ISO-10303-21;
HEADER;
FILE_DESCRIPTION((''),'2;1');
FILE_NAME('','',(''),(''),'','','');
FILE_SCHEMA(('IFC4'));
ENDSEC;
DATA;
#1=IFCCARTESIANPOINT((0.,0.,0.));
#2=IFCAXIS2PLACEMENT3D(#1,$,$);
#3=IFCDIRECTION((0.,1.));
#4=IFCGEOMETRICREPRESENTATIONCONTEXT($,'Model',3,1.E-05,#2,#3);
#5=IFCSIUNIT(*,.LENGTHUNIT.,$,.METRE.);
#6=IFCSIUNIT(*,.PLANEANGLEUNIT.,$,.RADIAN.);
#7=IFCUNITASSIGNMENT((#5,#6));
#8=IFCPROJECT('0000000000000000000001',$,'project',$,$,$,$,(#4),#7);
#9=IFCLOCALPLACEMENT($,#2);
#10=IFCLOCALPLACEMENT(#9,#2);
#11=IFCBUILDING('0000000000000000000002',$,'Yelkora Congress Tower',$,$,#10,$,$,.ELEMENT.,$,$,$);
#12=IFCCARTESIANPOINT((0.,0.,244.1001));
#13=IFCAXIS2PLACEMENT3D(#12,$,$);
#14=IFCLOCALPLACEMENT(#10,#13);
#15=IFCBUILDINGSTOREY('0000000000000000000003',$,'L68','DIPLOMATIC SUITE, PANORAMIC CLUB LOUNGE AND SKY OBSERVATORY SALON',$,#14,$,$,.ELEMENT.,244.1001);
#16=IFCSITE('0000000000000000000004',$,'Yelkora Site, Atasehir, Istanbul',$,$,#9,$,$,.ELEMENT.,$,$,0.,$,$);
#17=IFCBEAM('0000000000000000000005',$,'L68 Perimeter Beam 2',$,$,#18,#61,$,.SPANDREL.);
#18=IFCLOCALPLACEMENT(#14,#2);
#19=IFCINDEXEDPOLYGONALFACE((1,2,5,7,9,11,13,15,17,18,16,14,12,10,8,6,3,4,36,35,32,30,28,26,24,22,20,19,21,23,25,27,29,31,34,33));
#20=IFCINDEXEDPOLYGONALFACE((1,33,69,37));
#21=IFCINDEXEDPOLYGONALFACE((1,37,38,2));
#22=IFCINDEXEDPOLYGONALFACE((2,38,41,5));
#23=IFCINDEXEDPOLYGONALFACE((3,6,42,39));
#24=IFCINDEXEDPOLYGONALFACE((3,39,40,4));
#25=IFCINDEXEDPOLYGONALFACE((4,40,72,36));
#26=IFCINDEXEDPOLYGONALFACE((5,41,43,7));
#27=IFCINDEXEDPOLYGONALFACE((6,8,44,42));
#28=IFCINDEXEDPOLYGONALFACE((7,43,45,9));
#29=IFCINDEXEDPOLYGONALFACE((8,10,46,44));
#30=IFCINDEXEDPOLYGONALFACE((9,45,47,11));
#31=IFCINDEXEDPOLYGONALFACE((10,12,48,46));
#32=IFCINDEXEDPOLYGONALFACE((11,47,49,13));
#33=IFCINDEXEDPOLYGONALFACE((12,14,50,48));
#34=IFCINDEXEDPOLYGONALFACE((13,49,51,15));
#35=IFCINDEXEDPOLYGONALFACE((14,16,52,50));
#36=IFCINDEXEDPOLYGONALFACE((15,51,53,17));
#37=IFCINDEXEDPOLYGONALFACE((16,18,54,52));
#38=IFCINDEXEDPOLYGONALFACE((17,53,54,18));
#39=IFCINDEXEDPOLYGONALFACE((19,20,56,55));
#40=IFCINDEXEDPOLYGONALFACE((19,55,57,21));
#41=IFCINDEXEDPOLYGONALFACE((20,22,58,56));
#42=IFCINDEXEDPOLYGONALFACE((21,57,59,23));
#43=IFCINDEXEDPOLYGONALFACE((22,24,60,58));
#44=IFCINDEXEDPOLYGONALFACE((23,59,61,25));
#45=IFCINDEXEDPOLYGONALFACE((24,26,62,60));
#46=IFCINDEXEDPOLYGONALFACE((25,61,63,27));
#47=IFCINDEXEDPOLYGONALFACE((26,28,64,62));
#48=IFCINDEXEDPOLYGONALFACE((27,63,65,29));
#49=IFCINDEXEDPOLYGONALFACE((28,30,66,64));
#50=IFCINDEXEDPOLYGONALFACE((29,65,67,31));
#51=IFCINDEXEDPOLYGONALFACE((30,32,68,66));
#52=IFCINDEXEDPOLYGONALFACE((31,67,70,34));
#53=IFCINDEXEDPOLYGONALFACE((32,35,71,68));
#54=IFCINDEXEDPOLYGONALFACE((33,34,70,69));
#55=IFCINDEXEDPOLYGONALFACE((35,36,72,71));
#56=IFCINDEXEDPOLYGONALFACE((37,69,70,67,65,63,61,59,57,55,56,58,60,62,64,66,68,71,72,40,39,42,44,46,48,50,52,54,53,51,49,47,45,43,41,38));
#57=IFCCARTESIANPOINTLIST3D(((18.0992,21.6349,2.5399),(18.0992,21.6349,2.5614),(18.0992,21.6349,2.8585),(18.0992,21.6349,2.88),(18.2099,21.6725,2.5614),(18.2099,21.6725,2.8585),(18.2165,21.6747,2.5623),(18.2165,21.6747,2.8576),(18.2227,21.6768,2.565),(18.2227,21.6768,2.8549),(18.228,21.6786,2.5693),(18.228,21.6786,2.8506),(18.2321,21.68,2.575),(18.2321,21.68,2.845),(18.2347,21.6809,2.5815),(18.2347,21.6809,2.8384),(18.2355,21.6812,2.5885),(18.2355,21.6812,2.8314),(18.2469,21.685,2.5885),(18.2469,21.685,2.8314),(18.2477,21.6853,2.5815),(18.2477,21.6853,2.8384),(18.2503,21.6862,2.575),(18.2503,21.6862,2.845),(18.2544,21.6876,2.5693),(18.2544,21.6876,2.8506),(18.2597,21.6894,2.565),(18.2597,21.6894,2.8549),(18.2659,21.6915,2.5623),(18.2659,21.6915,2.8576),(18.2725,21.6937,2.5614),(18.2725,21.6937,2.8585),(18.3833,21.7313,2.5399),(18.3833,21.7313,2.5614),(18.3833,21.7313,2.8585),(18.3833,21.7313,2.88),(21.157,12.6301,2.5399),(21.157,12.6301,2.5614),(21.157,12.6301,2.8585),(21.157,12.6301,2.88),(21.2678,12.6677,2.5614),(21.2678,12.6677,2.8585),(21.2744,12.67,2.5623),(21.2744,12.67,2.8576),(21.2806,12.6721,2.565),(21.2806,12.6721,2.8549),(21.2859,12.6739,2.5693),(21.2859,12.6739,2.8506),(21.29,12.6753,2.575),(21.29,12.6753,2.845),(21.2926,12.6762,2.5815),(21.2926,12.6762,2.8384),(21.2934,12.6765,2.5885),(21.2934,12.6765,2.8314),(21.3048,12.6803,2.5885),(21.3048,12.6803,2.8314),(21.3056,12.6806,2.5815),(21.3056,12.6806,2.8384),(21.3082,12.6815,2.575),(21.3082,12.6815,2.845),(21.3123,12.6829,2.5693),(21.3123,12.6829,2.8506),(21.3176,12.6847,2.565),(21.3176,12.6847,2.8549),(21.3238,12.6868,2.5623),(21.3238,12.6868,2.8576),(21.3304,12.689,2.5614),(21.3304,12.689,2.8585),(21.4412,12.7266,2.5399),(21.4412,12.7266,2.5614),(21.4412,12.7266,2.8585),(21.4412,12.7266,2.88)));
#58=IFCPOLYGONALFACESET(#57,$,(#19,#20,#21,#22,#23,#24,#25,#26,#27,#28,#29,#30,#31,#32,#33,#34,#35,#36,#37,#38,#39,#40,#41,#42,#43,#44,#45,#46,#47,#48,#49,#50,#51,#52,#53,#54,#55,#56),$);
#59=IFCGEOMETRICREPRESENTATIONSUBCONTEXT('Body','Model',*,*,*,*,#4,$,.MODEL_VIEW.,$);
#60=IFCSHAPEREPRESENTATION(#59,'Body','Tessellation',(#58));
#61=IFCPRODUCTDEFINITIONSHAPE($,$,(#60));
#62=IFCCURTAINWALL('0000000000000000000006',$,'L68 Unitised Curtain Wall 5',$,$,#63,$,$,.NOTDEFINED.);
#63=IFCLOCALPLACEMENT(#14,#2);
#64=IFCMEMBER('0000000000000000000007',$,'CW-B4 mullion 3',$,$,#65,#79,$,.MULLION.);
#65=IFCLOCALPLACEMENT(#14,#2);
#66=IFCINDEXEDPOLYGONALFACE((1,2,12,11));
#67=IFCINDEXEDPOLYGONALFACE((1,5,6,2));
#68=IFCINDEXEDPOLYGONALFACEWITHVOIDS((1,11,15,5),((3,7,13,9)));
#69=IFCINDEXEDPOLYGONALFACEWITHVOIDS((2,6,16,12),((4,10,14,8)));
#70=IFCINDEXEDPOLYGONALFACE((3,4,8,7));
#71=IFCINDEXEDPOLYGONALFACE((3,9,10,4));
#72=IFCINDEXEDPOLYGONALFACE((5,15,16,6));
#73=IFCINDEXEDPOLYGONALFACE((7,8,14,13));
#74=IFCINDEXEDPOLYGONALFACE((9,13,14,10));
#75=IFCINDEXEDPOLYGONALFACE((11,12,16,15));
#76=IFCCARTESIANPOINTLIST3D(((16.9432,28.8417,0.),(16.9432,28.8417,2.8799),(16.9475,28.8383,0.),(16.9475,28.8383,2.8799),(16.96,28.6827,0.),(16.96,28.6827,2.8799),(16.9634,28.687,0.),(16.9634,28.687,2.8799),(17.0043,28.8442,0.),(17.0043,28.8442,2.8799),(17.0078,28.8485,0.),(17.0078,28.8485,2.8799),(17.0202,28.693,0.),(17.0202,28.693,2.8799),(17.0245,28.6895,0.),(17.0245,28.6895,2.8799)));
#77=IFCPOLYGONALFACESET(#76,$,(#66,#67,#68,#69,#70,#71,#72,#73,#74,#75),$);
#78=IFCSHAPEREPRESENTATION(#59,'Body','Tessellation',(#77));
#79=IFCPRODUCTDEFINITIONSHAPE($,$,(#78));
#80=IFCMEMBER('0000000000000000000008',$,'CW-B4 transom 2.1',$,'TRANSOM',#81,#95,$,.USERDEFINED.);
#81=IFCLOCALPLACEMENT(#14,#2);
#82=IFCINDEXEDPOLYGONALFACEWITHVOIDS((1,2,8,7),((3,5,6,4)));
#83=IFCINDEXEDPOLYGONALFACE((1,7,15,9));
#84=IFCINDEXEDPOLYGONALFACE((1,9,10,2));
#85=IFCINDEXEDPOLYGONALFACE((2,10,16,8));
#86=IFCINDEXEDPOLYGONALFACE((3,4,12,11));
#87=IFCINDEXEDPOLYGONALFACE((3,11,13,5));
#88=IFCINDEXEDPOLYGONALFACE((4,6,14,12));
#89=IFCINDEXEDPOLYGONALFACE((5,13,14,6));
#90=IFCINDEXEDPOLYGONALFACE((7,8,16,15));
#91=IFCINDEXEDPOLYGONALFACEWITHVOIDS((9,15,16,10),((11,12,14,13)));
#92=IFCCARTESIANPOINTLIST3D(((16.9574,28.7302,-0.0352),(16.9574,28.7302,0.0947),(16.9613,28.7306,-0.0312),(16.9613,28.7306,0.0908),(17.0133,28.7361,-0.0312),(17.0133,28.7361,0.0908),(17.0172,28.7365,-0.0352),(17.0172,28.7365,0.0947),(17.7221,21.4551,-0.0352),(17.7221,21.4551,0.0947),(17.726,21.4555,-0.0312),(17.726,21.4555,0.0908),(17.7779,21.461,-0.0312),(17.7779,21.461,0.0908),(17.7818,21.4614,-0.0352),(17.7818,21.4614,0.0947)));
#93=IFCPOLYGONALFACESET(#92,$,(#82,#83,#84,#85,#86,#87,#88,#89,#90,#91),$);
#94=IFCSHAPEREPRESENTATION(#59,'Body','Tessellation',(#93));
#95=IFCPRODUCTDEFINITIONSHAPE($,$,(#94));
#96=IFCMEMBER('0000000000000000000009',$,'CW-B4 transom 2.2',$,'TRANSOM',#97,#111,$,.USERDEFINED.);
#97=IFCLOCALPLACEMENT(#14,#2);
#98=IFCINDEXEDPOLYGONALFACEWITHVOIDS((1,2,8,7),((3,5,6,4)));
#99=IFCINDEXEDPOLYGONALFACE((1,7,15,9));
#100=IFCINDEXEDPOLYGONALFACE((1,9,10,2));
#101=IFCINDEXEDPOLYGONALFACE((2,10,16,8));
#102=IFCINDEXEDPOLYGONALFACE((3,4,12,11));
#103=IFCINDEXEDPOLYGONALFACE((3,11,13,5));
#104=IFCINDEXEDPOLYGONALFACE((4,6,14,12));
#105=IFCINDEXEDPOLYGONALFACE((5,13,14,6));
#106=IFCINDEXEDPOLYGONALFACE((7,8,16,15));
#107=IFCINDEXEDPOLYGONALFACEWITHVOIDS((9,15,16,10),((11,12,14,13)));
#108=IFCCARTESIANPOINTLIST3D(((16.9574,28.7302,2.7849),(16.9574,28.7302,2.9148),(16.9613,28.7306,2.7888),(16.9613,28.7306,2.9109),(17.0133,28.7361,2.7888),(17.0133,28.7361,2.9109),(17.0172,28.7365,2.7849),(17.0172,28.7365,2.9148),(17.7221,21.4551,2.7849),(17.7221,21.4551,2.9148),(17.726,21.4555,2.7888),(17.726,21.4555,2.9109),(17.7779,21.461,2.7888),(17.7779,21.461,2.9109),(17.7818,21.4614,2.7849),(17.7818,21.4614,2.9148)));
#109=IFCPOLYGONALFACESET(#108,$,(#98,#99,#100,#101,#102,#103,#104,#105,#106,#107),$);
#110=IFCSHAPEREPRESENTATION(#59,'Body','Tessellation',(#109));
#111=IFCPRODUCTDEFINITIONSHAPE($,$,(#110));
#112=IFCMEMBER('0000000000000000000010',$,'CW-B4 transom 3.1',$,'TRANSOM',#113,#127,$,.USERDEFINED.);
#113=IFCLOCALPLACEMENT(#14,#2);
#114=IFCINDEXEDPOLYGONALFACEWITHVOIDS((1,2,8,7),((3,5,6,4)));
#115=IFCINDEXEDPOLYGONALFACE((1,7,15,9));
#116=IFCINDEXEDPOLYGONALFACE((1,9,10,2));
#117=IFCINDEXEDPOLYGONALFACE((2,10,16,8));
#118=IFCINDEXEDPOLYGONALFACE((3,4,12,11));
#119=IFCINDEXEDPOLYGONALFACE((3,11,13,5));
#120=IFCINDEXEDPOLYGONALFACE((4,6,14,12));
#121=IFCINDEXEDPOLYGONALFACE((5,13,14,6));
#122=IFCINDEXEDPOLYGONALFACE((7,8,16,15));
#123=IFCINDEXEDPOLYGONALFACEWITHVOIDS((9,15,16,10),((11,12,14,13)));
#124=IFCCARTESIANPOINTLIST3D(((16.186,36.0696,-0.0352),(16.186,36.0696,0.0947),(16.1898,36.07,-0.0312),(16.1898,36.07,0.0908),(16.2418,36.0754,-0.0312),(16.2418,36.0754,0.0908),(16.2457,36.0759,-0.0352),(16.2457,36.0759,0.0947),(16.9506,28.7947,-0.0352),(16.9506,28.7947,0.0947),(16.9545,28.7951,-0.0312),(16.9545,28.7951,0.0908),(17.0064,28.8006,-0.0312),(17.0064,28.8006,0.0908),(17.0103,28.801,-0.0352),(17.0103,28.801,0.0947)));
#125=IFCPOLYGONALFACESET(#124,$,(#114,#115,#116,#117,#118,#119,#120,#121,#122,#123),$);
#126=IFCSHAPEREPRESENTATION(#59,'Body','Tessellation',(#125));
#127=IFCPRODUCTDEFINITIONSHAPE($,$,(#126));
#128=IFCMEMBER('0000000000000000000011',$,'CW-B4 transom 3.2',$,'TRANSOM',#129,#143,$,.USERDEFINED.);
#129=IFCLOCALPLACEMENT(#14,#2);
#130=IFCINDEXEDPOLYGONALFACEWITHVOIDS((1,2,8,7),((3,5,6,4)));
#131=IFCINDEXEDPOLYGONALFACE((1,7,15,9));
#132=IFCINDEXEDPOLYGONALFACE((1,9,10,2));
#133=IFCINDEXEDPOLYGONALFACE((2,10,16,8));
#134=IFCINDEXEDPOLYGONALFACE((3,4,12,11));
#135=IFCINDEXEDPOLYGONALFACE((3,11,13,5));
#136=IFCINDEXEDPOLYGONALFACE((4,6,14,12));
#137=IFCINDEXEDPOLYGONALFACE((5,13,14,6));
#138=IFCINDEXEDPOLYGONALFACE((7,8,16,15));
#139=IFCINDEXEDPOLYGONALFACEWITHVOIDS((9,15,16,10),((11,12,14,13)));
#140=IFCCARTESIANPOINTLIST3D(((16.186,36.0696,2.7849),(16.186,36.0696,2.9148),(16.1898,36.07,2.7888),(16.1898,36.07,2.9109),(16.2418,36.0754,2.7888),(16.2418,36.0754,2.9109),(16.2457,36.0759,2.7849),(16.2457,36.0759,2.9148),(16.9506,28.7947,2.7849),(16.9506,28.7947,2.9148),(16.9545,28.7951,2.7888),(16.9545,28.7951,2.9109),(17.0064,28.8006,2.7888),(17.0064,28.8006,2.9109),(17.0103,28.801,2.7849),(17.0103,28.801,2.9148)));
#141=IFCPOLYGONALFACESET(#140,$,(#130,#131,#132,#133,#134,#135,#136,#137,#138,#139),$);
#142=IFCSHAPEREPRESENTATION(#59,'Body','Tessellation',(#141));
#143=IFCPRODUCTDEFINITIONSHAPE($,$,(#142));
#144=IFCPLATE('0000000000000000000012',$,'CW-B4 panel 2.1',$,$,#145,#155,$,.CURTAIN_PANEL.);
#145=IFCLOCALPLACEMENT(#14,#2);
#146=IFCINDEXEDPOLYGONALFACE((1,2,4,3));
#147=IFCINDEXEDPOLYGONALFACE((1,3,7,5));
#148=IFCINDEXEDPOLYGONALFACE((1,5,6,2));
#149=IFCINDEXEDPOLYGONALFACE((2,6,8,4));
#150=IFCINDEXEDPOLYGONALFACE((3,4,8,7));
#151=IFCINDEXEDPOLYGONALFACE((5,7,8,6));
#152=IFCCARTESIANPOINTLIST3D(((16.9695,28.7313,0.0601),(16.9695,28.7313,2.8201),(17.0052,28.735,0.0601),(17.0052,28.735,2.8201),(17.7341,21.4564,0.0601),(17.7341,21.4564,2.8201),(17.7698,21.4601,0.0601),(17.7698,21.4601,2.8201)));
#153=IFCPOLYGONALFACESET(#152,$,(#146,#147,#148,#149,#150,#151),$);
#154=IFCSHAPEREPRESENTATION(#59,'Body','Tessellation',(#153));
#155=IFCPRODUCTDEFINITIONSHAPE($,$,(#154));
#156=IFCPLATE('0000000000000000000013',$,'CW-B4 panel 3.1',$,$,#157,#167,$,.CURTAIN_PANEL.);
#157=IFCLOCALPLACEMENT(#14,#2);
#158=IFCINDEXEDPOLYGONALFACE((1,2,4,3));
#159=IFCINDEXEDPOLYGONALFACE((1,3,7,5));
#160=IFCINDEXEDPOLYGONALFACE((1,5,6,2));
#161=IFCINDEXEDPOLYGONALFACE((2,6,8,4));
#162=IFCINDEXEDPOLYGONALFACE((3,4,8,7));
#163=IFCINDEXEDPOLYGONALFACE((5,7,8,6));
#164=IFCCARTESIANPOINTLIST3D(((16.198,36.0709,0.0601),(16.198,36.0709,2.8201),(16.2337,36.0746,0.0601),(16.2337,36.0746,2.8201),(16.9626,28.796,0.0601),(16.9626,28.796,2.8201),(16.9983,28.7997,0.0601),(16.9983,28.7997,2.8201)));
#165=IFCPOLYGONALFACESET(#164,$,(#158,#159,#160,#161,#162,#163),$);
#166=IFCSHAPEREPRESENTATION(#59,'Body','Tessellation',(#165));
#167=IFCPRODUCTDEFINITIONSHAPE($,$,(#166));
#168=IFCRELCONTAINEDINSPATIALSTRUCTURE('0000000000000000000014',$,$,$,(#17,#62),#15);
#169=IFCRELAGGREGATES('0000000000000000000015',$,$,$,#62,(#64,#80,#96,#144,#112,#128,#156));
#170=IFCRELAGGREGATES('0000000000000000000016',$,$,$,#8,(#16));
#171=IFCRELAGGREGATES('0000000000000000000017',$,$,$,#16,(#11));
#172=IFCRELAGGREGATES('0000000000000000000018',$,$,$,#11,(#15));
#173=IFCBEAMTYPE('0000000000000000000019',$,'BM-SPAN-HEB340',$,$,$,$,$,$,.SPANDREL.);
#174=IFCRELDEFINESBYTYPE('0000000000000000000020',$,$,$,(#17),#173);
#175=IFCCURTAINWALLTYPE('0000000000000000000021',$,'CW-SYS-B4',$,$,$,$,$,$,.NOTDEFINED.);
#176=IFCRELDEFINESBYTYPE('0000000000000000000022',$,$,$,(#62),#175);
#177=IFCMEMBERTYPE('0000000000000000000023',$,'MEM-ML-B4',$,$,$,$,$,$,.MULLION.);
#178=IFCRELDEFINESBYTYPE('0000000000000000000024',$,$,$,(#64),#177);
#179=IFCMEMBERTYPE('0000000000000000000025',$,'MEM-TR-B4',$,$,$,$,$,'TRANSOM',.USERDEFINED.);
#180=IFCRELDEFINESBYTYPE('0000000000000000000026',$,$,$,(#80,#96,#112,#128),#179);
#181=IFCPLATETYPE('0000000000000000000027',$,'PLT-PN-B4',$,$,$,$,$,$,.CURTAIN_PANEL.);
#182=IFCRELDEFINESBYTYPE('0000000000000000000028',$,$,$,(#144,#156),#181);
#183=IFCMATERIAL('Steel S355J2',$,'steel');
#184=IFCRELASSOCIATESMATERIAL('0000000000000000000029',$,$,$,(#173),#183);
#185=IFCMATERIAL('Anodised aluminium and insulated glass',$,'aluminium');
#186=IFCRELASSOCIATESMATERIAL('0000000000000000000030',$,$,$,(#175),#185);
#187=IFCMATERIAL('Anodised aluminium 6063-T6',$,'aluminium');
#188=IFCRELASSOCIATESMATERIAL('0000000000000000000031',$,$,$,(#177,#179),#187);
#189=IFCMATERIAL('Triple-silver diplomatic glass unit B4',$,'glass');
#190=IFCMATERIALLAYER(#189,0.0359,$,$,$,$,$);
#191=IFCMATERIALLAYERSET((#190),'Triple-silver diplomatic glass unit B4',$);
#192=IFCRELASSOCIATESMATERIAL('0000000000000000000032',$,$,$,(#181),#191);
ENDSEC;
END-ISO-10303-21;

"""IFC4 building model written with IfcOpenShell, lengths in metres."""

from ifc_helpers import new_model, si_unit, direction, frame, origin, origin_2d, place, context, subcontext, project, spatial, rectangle, hollow_rectangle, i_section, extrude, material, layer, layer_set, material_profile, profile_set, type_object, element, aggregate, save


model = new_model("IFC4")

# Units and contexts
model_context = context("Model", 3, precision=1e-05, world=origin(), true_north=direction((0.0, 1.0)))
body_context = subcontext(model_context, "Body", "Model", "MODEL_VIEW")
ifc_project = project(units=[si_unit("LENGTHUNIT", "METRE"), si_unit("PLANEANGLEUNIT", "RADIAN")], contexts=[model_context])

# Site, building, storey
site_placement = place(None, origin())
site = spatial("IfcSite", under=ifc_project, at=site_placement, Name="Yelkora Site, Atasehir, Istanbul", CompositionType="ELEMENT", RefElevation=0.0)
building_placement = place(site_placement, origin())
building = spatial("IfcBuilding", under=site, at=building_placement, Name="Yelkora Congress Tower", CompositionType="ELEMENT")
storey_placement = place(building_placement, frame((0.0, 0.0, 244.1001)))
storey = spatial("IfcBuildingStorey", under=building, at=storey_placement, Name="L68", Description="DIPLOMATIC SUITE, PANORAMIC CLUB LOUNGE AND SKY OBSERVATORY SALON", CompositionType="ELEMENT", Elevation=244.1001)

# Shared definitions
ifc_material_1 = material(Name="Steel S355J2", Category="steel")

# Beam
ifc_material_profile_1 = material_profile(ifc_material_1, i_section(OverallWidth=0.3, OverallDepth=0.3401, WebThickness=0.012, FlangeThickness=0.0215, FilletRadius=0.0271, at=origin_2d()), Name="HEB 340")
ifc_profile_set_1 = profile_set([ifc_material_profile_1], Name="Steel S355J2")
beam_type_1 = type_object("IfcBeamType", Name="BM-SPAN-HEB340", PredefinedType="SPANDREL", material=ifc_profile_set_1)
beam_1_placement = place(storey_placement, frame((18.2412, 21.6831, 2.71), z_axis=(0.321552, -0.946892, 0.0), x_axis=(0.946892, 0.321552, 0.0)))
element("IfcBeam", 1, at=beam_1_placement, inside=storey, type_object=beam_type_1, Name="L68 Perimeter Beam 2", PredefinedType="SPANDREL", context=body_context, shape_type="SweptSolid", body=[
    extrude(i_section(OverallWidth=0.3, OverallDepth=0.3401, WebThickness=0.012, FlangeThickness=0.0215, FilletRadius=0.0271, at=origin_2d()), origin(), (0.0, 0.0, 1.0), 9.5098),
])

# Curtain wall, members, plates
ifc_material_2 = material(Name="Anodised aluminium and insulated glass", Category="aluminium")
curtain_wall_type = type_object("IfcCurtainWallType", Name="CW-SYS-B4", PredefinedType="NOTDEFINED", material=ifc_material_2)
curtain_wall_placement = place(storey_placement, origin())
curtain_wall = element("IfcCurtainWall", 2, at=curtain_wall_placement, inside=storey, type_object=curtain_wall_type, Name="L68 Unitised Curtain Wall 5", PredefinedType="NOTDEFINED")
ifc_material_3 = material(Name="Anodised aluminium 6063-T6", Category="aluminium")
ifc_material_profile_2 = material_profile(ifc_material_3, hollow_rectangle(XDim=0.0649, YDim=0.1599, WallThickness=0.0039, at=origin_2d()), Name="ALU 65x160x4")
ifc_profile_set_2 = profile_set([ifc_material_profile_2], Name="Anodised aluminium 6063-T6")
member_type_1 = type_object("IfcMemberType", Name="MEM-ML-B4", PredefinedType="MULLION", material=ifc_profile_set_2)
member_1_placement = place(storey_placement, frame((16.9839, 28.7656, 0.0), z_axis=(0.0, 0.0, 1.0), x_axis=(-0.994522, -0.104526, 0.0)))
member_1 = element("IfcMember", 3, at=member_1_placement, type_object=member_type_1, Name="CW-B4 mullion 3", PredefinedType="MULLION", context=body_context, shape_type="SweptSolid", body=[
    extrude(hollow_rectangle(XDim=0.0649, YDim=0.1599, WallThickness=0.0039, at=origin_2d()), origin(), (0.0, 0.0, 1.0), 2.8799),
])
ifc_material_profile_3 = material_profile(ifc_material_3, hollow_rectangle(XDim=0.0601, YDim=0.1299, WallThickness=0.0039, at=origin_2d()), Name="ALU 60x130x4")
ifc_profile_set_3 = profile_set([ifc_material_profile_3], Name="Anodised aluminium 6063-T6")
member_type_2 = type_object("IfcMemberType", Name="MEM-TR-B4", ElementType="TRANSOM", PredefinedType="USERDEFINED", material=ifc_profile_set_3)
member_2_placement = place(storey_placement, frame((17.752, 21.4583, 0.0298), z_axis=(-0.104528, 0.994522, 0.0), x_axis=(-0.994522, -0.104528, 0.0)))
member_2 = element("IfcMember", 4, at=member_2_placement, type_object=member_type_2, Name="CW-B4 transom 2.1", ObjectType="TRANSOM", PredefinedType="USERDEFINED", context=body_context, shape_type="SweptSolid", body=[
    extrude(hollow_rectangle(XDim=0.0601, YDim=0.1299, WallThickness=0.0039, at=origin_2d()), origin(), (0.0, 0.0, 1.0), 7.3152),
])
member_3_placement = place(storey_placement, frame((17.752, 21.4583, 2.8499), z_axis=(-0.104528, 0.994522, 0.0), x_axis=(-0.994522, -0.104528, 0.0)))
member_3 = element("IfcMember", 5, at=member_3_placement, type_object=member_type_2, Name="CW-B4 transom 2.2", ObjectType="TRANSOM", PredefinedType="USERDEFINED", context=body_context, shape_type="SweptSolid", body=[
    extrude(hollow_rectangle(XDim=0.0601, YDim=0.1299, WallThickness=0.0039, at=origin_2d()), origin(), (0.0, 0.0, 1.0), 7.3152),
])
member_4_placement = place(storey_placement, frame((16.9805, 28.7979, 0.0298), z_axis=(-0.104532, 0.994522, 0.0), x_axis=(-0.994522, -0.104532, 0.0)))
member_4 = element("IfcMember", 6, at=member_4_placement, type_object=member_type_2, Name="CW-B4 transom 3.1", ObjectType="TRANSOM", PredefinedType="USERDEFINED", context=body_context, shape_type="SweptSolid", body=[
    extrude(hollow_rectangle(XDim=0.0601, YDim=0.1299, WallThickness=0.0039, at=origin_2d()), origin(), (0.0, 0.0, 1.0), 7.3149),
])
member_5_placement = place(storey_placement, frame((16.9805, 28.7979, 2.8499), z_axis=(-0.104532, 0.994522, 0.0), x_axis=(-0.994522, -0.104532, 0.0)))
member_5 = element("IfcMember", 7, at=member_5_placement, type_object=member_type_2, Name="CW-B4 transom 3.2", ObjectType="TRANSOM", PredefinedType="USERDEFINED", context=body_context, shape_type="SweptSolid", body=[
    extrude(hollow_rectangle(XDim=0.0601, YDim=0.1299, WallThickness=0.0039, at=origin_2d()), origin(), (0.0, 0.0, 1.0), 7.3149),
])
ifc_material_4 = material(Name="Triple-silver diplomatic glass unit B4", Category="glass")
ifc_layer_1 = layer(ifc_material_4, 0.0359)
ifc_layer_set_1 = layer_set([ifc_layer_1], Name="Triple-silver diplomatic glass unit B4")
plate_type = type_object("IfcPlateType", Name="PLT-PN-B4", PredefinedType="CURTAIN_PANEL", material=ifc_layer_set_1)
plate_1_placement = place(storey_placement, frame((17.3696, 25.0957, 0.0601), z_axis=(0.0, 0.0, 1.0), x_axis=(-0.104526, 0.994522, 0.0)))
plate_1 = element("IfcPlate", 8, at=plate_1_placement, type_object=plate_type, Name="CW-B4 panel 2.1", PredefinedType="CURTAIN_PANEL", context=body_context, shape_type="SweptSolid", body=[
    extrude(rectangle(XDim=7.3149, YDim=0.0359, at=origin_2d()), origin(), (0.0, 0.0, 1.0), 2.76),
])
plate_2_placement = place(storey_placement, frame((16.5981, 32.4353, 0.0601), z_axis=(0.0, 0.0, 1.0), x_axis=(-0.104526, 0.994522, 0.0)))
plate_2 = element("IfcPlate", 9, at=plate_2_placement, type_object=plate_type, Name="CW-B4 panel 3.1", PredefinedType="CURTAIN_PANEL", context=body_context, shape_type="SweptSolid", body=[
    extrude(rectangle(XDim=7.3149, YDim=0.0359, at=origin_2d()), origin(), (0.0, 0.0, 1.0), 2.76),
])
aggregate(curtain_wall, [member_1, member_2, member_3, plate_1, member_4, member_5, plate_2])

save(model, "model.ifc")
